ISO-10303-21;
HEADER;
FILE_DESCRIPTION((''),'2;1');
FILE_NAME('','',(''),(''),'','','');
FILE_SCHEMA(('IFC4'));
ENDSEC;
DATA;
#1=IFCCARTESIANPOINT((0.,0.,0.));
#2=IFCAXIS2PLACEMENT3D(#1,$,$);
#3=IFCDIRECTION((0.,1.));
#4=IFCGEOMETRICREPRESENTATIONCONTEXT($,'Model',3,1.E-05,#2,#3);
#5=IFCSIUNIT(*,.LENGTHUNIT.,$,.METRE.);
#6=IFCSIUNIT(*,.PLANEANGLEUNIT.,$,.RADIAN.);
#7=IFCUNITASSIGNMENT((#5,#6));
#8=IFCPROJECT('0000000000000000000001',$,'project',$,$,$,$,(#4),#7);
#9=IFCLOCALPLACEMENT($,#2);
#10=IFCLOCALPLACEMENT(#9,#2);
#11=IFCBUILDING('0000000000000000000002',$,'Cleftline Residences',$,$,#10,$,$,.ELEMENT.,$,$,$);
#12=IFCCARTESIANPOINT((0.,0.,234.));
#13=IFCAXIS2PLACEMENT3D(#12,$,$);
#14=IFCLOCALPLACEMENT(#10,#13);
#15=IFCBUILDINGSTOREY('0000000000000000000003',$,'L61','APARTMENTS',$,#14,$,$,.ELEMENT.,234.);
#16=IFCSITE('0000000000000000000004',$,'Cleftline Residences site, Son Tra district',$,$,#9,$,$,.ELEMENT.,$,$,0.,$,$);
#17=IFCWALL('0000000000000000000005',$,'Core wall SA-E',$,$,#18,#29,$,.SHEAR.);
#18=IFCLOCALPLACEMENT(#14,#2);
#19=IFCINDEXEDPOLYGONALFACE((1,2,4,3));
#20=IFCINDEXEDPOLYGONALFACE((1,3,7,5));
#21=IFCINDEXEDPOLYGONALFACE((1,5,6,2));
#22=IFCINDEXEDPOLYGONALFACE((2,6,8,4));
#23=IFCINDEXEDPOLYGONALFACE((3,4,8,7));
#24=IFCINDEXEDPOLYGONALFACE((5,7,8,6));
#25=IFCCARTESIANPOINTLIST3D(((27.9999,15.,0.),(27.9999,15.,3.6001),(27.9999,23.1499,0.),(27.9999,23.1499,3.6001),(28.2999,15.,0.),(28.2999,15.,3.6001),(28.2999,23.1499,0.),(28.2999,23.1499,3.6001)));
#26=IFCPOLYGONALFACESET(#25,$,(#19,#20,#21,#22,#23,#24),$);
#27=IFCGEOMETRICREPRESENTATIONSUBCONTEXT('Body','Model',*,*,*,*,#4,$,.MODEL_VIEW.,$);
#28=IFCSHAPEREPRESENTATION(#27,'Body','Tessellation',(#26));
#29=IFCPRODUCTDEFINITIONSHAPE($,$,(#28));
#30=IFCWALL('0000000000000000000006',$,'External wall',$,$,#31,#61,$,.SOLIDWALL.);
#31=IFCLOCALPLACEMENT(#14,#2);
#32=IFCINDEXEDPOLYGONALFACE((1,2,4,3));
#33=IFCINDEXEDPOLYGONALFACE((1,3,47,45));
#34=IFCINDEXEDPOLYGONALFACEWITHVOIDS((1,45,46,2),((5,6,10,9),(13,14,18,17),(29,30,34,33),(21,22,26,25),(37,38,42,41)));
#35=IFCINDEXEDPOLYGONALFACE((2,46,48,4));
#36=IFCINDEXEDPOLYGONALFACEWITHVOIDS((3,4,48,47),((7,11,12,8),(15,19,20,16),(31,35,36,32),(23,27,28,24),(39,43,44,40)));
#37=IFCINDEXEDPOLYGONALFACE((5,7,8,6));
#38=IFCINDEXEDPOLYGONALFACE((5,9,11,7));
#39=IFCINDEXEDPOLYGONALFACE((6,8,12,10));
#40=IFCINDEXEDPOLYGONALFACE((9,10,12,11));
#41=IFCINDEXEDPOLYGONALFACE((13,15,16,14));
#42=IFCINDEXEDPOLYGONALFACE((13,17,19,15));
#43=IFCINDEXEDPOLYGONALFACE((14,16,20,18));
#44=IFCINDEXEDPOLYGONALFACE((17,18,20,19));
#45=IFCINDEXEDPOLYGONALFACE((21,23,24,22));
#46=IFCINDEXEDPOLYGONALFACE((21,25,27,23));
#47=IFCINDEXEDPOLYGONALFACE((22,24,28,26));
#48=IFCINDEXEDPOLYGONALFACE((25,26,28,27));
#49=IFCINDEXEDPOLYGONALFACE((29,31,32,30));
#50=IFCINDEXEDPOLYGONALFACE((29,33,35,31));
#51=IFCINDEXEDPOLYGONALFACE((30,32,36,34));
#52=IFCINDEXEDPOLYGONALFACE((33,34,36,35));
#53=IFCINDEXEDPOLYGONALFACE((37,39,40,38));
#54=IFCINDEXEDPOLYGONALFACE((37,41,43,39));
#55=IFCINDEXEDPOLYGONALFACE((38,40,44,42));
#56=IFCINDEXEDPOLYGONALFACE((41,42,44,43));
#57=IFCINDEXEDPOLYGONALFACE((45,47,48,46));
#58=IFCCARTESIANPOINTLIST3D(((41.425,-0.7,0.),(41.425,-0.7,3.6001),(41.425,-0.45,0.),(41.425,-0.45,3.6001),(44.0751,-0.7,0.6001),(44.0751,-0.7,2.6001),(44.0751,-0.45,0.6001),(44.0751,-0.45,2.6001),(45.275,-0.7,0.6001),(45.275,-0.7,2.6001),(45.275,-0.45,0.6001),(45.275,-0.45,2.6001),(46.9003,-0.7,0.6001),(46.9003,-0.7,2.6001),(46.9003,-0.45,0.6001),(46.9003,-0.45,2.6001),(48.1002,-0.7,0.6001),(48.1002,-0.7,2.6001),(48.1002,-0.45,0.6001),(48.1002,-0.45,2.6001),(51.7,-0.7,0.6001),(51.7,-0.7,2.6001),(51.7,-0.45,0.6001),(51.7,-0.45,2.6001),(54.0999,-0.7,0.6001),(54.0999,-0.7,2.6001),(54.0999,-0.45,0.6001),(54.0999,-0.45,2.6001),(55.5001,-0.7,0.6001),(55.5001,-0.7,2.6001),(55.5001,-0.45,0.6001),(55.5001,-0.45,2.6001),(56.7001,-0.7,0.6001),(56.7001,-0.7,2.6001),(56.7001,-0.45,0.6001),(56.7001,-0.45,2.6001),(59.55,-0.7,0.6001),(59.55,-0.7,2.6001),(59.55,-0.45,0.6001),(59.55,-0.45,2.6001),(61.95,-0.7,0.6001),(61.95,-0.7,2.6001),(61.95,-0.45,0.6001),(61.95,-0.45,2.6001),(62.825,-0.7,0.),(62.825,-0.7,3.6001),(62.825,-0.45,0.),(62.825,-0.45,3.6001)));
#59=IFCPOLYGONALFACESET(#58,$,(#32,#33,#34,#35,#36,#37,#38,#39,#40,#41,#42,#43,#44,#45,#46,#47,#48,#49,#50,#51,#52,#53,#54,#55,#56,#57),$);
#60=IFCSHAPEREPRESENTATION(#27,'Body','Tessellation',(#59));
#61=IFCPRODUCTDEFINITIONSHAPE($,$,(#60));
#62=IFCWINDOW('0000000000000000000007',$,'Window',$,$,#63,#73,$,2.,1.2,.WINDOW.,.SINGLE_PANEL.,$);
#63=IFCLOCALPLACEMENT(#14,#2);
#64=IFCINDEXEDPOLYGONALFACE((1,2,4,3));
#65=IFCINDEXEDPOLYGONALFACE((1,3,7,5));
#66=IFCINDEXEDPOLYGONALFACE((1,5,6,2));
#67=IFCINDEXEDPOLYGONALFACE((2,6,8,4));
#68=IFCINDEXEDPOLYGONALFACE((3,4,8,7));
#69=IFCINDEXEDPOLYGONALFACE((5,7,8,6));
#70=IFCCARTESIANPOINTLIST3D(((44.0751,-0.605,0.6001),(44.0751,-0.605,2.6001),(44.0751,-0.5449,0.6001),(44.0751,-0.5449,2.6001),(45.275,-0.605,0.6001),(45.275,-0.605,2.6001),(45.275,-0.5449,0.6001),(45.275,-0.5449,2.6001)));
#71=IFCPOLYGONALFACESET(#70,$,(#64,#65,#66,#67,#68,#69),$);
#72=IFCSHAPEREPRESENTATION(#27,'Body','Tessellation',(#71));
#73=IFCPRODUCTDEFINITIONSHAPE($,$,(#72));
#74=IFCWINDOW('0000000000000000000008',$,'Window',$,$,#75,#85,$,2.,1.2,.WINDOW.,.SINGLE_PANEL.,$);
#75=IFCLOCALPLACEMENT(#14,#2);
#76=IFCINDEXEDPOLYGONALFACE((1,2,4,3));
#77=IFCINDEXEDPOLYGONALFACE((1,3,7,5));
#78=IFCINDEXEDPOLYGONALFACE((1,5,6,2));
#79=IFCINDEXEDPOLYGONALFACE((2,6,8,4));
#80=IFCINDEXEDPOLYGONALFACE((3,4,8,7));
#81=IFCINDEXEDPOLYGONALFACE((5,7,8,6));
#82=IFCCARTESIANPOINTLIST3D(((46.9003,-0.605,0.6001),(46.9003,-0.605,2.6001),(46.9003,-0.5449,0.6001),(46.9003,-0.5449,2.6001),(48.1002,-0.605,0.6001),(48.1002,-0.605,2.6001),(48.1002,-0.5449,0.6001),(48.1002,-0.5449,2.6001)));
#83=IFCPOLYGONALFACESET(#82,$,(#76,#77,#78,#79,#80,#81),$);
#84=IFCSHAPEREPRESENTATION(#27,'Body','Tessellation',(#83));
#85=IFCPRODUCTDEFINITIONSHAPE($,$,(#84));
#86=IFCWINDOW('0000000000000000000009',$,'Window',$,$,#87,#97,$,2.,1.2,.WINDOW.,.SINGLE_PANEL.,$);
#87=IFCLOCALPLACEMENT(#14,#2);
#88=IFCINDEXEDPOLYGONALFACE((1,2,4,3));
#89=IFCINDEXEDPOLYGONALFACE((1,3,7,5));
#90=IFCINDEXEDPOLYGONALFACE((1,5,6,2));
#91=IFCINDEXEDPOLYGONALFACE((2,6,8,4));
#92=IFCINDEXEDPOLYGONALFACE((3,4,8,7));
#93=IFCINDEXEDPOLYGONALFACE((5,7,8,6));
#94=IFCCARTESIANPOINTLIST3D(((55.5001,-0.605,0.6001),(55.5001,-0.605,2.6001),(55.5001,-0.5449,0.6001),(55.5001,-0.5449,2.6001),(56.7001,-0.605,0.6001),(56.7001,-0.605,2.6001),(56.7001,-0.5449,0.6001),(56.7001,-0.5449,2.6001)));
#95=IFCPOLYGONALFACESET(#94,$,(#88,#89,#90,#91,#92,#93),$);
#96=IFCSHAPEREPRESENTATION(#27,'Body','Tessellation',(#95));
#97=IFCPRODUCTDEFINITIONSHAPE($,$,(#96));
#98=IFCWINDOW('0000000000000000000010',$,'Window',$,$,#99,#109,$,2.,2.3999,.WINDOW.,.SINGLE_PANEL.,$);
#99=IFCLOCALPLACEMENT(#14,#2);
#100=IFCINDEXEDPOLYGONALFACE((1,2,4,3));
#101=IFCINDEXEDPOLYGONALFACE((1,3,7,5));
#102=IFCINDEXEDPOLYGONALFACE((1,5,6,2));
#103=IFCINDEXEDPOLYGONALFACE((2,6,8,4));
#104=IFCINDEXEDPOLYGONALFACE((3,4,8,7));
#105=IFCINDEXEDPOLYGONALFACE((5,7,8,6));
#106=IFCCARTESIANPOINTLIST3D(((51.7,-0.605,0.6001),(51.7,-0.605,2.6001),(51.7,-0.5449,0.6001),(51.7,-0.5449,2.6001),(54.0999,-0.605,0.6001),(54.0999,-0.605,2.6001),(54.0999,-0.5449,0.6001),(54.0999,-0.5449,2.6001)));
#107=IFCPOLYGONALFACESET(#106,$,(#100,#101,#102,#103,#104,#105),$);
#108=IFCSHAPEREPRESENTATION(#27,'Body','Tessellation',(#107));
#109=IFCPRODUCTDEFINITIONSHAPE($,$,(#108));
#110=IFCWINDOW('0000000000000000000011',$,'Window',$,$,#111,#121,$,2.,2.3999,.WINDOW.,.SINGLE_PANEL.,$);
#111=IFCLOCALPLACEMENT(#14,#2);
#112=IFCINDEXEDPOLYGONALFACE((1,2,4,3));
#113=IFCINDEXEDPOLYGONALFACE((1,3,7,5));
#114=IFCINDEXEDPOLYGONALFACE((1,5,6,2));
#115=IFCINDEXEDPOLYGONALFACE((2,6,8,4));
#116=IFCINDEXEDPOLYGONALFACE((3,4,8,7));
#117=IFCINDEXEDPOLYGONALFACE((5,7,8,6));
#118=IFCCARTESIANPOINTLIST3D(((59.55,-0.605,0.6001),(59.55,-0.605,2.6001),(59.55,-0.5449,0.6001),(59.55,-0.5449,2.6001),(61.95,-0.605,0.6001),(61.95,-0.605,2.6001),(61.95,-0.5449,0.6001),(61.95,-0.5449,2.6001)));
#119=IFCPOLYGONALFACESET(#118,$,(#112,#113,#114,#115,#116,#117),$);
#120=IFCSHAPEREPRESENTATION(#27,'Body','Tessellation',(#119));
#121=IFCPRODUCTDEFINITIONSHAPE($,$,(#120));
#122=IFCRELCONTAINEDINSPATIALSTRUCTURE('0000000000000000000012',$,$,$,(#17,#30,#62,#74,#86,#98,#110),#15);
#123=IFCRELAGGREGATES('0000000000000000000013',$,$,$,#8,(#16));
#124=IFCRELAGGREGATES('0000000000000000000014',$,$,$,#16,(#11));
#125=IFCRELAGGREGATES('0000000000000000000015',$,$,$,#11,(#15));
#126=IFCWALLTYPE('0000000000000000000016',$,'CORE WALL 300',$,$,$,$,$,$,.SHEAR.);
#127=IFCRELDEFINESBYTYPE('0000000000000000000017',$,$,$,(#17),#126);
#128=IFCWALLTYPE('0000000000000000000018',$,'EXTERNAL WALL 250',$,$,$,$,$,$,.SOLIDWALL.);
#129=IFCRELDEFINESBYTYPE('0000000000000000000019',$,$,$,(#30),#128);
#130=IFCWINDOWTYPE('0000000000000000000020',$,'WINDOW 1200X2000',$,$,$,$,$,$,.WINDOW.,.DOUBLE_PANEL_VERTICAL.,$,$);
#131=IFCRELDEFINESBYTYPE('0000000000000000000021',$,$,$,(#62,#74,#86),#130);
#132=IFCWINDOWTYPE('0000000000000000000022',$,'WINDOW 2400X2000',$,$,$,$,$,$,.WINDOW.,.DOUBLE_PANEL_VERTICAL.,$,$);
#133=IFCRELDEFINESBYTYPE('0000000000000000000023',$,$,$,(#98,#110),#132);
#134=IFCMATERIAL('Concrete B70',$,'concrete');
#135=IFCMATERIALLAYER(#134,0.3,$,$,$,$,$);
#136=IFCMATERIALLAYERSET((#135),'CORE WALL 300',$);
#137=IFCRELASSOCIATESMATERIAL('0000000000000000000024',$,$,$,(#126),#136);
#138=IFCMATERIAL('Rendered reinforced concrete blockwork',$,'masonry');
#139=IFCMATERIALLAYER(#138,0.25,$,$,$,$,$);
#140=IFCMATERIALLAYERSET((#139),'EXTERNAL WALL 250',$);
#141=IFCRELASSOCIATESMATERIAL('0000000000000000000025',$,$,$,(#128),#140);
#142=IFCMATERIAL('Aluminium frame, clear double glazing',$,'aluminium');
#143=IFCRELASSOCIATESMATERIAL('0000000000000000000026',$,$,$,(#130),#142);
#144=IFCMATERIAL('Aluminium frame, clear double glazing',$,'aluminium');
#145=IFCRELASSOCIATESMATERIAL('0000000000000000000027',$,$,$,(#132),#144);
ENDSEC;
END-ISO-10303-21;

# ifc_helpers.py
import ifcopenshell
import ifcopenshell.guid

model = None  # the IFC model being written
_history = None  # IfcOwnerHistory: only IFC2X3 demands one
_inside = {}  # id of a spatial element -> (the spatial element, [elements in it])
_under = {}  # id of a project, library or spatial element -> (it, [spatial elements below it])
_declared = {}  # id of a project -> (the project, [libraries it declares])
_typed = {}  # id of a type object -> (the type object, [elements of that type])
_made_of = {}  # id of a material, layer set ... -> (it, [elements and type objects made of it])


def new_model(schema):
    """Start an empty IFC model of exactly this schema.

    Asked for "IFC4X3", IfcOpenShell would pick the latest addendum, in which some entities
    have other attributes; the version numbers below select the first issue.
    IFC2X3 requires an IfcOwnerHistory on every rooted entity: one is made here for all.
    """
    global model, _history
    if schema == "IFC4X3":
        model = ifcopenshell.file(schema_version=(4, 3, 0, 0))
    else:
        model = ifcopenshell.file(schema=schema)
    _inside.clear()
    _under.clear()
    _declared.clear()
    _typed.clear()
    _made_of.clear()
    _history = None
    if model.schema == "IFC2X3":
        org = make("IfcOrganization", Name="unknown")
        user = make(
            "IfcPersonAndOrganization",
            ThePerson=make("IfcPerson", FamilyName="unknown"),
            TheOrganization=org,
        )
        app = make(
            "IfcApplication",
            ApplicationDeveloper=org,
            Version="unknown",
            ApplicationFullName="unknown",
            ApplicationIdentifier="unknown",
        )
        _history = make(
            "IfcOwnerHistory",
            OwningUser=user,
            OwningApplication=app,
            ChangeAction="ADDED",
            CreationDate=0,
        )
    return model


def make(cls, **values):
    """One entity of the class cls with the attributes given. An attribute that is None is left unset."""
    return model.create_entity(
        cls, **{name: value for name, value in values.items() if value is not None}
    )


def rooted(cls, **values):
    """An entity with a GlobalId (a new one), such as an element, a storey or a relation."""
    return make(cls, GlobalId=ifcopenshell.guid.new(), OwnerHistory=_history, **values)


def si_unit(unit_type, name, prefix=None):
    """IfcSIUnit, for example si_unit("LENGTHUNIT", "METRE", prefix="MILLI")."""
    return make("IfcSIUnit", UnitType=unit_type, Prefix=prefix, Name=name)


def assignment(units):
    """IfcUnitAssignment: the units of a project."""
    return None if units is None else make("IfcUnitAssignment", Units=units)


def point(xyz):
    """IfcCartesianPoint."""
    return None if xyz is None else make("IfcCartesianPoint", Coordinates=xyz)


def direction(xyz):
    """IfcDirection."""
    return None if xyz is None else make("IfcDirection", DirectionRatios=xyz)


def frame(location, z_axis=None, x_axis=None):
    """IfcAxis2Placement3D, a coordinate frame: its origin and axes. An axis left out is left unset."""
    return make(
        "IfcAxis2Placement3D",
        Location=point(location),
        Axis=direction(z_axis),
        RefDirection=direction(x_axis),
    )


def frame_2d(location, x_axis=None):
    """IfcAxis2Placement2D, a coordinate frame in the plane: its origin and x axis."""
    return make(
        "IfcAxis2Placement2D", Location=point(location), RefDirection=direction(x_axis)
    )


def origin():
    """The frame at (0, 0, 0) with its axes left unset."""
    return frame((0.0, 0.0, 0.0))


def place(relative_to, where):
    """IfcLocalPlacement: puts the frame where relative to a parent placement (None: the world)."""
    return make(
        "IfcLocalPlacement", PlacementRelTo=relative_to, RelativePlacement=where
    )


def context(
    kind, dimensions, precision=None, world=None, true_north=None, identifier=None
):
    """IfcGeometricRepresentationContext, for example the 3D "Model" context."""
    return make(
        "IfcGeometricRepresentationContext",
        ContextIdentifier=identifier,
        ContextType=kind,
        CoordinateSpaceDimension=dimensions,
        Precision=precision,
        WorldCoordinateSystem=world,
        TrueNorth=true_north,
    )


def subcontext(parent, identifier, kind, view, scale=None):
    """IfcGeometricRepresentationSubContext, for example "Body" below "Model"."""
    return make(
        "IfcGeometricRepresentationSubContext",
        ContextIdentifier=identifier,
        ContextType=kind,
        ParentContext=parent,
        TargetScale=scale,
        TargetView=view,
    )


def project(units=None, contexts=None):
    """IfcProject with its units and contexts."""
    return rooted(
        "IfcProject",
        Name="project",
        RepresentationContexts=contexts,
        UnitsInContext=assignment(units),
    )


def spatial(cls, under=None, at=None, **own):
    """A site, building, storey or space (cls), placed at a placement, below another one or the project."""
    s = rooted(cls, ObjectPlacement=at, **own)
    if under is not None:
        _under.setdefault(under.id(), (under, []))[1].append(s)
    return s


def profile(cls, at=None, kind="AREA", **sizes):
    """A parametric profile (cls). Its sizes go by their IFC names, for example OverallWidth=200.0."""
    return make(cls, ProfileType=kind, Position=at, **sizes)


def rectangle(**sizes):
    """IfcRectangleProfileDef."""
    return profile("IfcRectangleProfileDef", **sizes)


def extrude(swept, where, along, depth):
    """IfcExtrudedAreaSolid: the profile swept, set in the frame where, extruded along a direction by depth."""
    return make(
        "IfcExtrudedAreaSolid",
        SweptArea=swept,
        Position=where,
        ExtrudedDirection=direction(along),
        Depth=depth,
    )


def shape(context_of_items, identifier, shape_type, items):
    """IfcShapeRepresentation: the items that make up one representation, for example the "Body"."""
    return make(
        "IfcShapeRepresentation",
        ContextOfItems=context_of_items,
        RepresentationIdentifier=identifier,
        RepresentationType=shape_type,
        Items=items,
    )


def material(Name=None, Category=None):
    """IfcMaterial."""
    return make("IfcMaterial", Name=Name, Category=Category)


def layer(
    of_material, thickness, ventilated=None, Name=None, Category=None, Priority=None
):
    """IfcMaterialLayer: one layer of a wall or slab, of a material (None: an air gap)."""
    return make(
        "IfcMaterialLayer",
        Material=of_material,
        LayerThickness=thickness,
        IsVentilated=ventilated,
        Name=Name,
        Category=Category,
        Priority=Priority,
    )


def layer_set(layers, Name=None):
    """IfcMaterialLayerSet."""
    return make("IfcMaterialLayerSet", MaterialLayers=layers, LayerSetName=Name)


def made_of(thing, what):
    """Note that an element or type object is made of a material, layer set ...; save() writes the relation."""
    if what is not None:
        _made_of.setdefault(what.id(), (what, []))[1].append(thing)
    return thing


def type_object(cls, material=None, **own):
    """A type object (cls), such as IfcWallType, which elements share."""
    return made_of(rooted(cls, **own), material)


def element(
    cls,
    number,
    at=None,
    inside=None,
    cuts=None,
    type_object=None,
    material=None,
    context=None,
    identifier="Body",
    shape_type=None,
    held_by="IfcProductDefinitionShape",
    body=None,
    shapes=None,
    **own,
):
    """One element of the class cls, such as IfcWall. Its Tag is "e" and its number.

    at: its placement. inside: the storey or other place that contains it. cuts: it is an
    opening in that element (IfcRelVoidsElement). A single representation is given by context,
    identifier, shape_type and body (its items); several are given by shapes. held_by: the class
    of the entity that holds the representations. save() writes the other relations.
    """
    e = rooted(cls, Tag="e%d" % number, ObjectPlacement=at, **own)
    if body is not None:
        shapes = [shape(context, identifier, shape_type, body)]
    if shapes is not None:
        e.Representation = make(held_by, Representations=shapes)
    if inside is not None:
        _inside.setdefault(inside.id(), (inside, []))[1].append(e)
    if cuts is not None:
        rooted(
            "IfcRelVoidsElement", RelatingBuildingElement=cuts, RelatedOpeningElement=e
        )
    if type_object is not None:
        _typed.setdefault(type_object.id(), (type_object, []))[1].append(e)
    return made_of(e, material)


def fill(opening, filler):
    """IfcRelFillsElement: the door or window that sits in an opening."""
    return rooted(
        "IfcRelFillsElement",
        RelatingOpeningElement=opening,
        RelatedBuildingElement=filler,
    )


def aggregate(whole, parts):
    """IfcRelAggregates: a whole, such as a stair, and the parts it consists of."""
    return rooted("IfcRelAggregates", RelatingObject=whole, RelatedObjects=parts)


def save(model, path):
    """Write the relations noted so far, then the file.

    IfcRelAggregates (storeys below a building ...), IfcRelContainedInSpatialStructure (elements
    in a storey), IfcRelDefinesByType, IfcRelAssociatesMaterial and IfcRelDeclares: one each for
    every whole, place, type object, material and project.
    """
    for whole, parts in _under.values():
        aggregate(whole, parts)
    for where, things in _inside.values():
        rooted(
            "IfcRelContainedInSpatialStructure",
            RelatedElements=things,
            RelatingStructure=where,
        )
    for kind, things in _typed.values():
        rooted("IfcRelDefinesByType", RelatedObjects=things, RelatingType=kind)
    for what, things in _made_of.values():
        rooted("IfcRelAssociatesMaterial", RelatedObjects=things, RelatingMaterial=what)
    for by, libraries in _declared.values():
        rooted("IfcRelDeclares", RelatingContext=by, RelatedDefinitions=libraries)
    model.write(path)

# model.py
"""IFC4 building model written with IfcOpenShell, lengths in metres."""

from ifc_helpers import new_model, si_unit, direction, frame, frame_2d, origin, place, context, subcontext, project, spatial, rectangle, extrude, material, layer, layer_set, type_object, element, fill, save


model = new_model("IFC4")

# Units and contexts
model_context = context("Model", 3, precision=1e-05, world=origin(), true_north=direction((0.0, 1.0)))
body_context = subcontext(model_context, "Body", "Model", "MODEL_VIEW")
ifc_project = project(units=[si_unit("LENGTHUNIT", "METRE"), si_unit("PLANEANGLEUNIT", "RADIAN")], contexts=[model_context])

# Site, building, storey
site_placement = place(None, origin())
site = spatial("IfcSite", under=ifc_project, at=site_placement, Name="Cleftline Residences site, Son Tra district", CompositionType="ELEMENT", RefElevation=0.0)
building_placement = place(site_placement, origin())
building = spatial("IfcBuilding", under=site, at=building_placement, Name="Cleftline Residences", CompositionType="ELEMENT")
storey_placement = place(building_placement, frame((0.0, 0.0, 234.0)))
storey = spatial("IfcBuildingStorey", under=building, at=storey_placement, Name="L61", Description="APARTMENTS", CompositionType="ELEMENT", Elevation=234.0)

# Wall
ifc_material_1 = material(Name="Concrete B70", Category="concrete")
ifc_layer_1 = layer(ifc_material_1, 0.3)
ifc_layer_set_1 = layer_set([ifc_layer_1], Name="CORE WALL 300")
wall_type_1 = type_object("IfcWallType", Name="CORE WALL 300", PredefinedType="SHEAR", material=ifc_layer_set_1)
wall_1_placement = place(storey_placement, frame((28.1499, 15.0, 0.0), z_axis=(0.0, 0.0, 1.0), x_axis=(0.0, 1.0, 0.0)))
element("IfcWall", 1, at=wall_1_placement, inside=storey, type_object=wall_type_1, Name="Core wall SA-E", PredefinedType="SHEAR", context=body_context, shape_type="SweptSolid", body=[
    extrude(rectangle(XDim=8.1499, YDim=0.3, at=frame_2d((4.075, 0.0))), origin(), (0.0, 0.0, 1.0), 3.6001),
])

# Wall, openings, windows
ifc_material_2 = material(Name="Rendered reinforced concrete blockwork", Category="masonry")
ifc_layer_2 = layer(ifc_material_2, 0.25)
ifc_layer_set_2 = layer_set([ifc_layer_2], Name="EXTERNAL WALL 250")
wall_type_2 = type_object("IfcWallType", Name="EXTERNAL WALL 250", PredefinedType="SOLIDWALL", material=ifc_layer_set_2)
wall_2_placement = place(storey_placement, frame((41.425, -0.575, 0.0), z_axis=(0.0, 0.0, 1.0), x_axis=(1.0, 0.0, 0.0)))
wall_2 = element("IfcWall", 2, at=wall_2_placement, inside=storey, type_object=wall_type_2, Name="External wall", PredefinedType="SOLIDWALL", context=body_context, shape_type="SweptSolid", body=[
    extrude(rectangle(XDim=21.3999, YDim=0.25, at=frame_2d((10.7, 0.0))), origin(), (0.0, 0.0, 1.0), 3.6001),
])
opening_1_placement = place(wall_2_placement, frame((2.6499, 0.0, 0.6001)))
opening_1 = element("IfcOpeningElement", 3, at=opening_1_placement, cuts=wall_2, PredefinedType="OPENING", context=body_context, shape_type="SweptSolid", body=[
    extrude(rectangle(XDim=1.2, YDim=2.0, at=frame_2d((0.6001, 1.0))), frame((0.0, 0.135, 0.0), z_axis=(0.0, -1.0, 0.0), x_axis=(1.0, 0.0, 0.0)), (0.0, 0.0, 1.0), 0.27),
])
opening_2_placement = place(wall_2_placement, frame((5.4751, 0.0, 0.6001)))
opening_2 = element("IfcOpeningElement", 4, at=opening_2_placement, cuts=wall_2, PredefinedType="OPENING", context=body_context, shape_type="SweptSolid", body=[
    extrude(rectangle(XDim=1.2, YDim=2.0, at=frame_2d((0.6001, 1.0))), frame((0.0, 0.135, 0.0), z_axis=(0.0, -1.0, 0.0), x_axis=(1.0, 0.0, 0.0)), (0.0, 0.0, 1.0), 0.27),
])
opening_3_placement = place(wall_2_placement, frame((10.2749, 0.0, 0.6001)))
opening_3 = element("IfcOpeningElement", 5, at=opening_3_placement, cuts=wall_2, PredefinedType="OPENING", context=body_context, shape_type="SweptSolid", body=[
    extrude(rectangle(XDim=2.3999, YDim=2.0, at=frame_2d((1.2, 1.0))), frame((0.0, 0.135, 0.0), z_axis=(0.0, -1.0, 0.0), x_axis=(1.0, 0.0, 0.0)), (0.0, 0.0, 1.0), 0.27),
])
opening_4_placement = place(wall_2_placement, frame((14.075, 0.0, 0.6001)))
opening_4 = element("IfcOpeningElement", 6, at=opening_4_placement, cuts=wall_2, PredefinedType="OPENING", context=body_context, shape_type="SweptSolid", body=[
    extrude(rectangle(XDim=1.2, YDim=2.0, at=frame_2d((0.6001, 1.0))), frame((0.0, 0.135, 0.0), z_axis=(0.0, -1.0, 0.0), x_axis=(1.0, 0.0, 0.0)), (0.0, 0.0, 1.0), 0.27),
])
opening_5_placement = place(wall_2_placement, frame((18.125, 0.0, 0.6001)))
opening_5 = element("IfcOpeningElement", 7, at=opening_5_placement, cuts=wall_2, PredefinedType="OPENING", context=body_context, shape_type="SweptSolid", body=[
    extrude(rectangle(XDim=2.3999, YDim=2.0, at=frame_2d((1.2, 1.0))), frame((0.0, 0.135, 0.0), z_axis=(0.0, -1.0, 0.0), x_axis=(1.0, 0.0, 0.0)), (0.0, 0.0, 1.0), 0.27),
])
ifc_material_3 = material(Name="Aluminium frame, clear double glazing", Category="aluminium")
window_type_1 = type_object("IfcWindowType", Name="WINDOW 1200X2000", PartitioningType="DOUBLE_PANEL_VERTICAL", PredefinedType="WINDOW", material=ifc_material_3)
window_1_placement = place(opening_1_placement, origin())
window_1 = element("IfcWindow", 8, at=window_1_placement, inside=storey, type_object=window_type_1, Name="Window", OverallHeight=2.0, OverallWidth=1.2, PartitioningType="SINGLE_PANEL", PredefinedType="WINDOW", context=body_context, shape_type="SweptSolid", body=[
    extrude(rectangle(XDim=1.2, YDim=2.0, at=frame_2d((0.6001, 1.0))), frame((0.0, 0.03, 0.0), z_axis=(0.0, -1.0, 0.0), x_axis=(1.0, 0.0, 0.0)), (0.0, 0.0, 1.0), 0.0601),
])
fill(opening_1, window_1)
window_2_placement = place(opening_2_placement, origin())
window_2 = element("IfcWindow", 9, at=window_2_placement, inside=storey, type_object=window_type_1, Name="Window", OverallHeight=2.0, OverallWidth=1.2, PartitioningType="SINGLE_PANEL", PredefinedType="WINDOW", context=body_context, shape_type="SweptSolid", body=[
    extrude(rectangle(XDim=1.2, YDim=2.0, at=frame_2d((0.6001, 1.0))), frame((0.0, 0.03, 0.0), z_axis=(0.0, -1.0, 0.0), x_axis=(1.0, 0.0, 0.0)), (0.0, 0.0, 1.0), 0.0601),
])
fill(opening_2, window_2)
window_3_placement = place(opening_4_placement, origin())
window_3 = element("IfcWindow", 10, at=window_3_placement, inside=storey, type_object=window_type_1, Name="Window", OverallHeight=2.0, OverallWidth=1.2, PartitioningType="SINGLE_PANEL", PredefinedType="WINDOW", context=body_context, shape_type="SweptSolid", body=[
    extrude(rectangle(XDim=1.2, YDim=2.0, at=frame_2d((0.6001, 1.0))), frame((0.0, 0.03, 0.0), z_axis=(0.0, -1.0, 0.0), x_axis=(1.0, 0.0, 0.0)), (0.0, 0.0, 1.0), 0.0601),
])
fill(opening_4, window_3)
ifc_material_4 = material(Name="Aluminium frame, clear double glazing", Category="aluminium")
window_type_2 = type_object("IfcWindowType", Name="WINDOW 2400X2000", PartitioningType="DOUBLE_PANEL_VERTICAL", PredefinedType="WINDOW", material=ifc_material_4)
window_4_placement = place(opening_3_placement, origin())
window_4 = element("IfcWindow", 11, at=window_4_placement, inside=storey, type_object=window_type_2, Name="Window", OverallHeight=2.0, OverallWidth=2.3999, PartitioningType="SINGLE_PANEL", PredefinedType="WINDOW", context=body_context, shape_type="SweptSolid", body=[
    extrude(rectangle(XDim=2.3999, YDim=2.0, at=frame_2d((1.2, 1.0))), frame((0.0, 0.03, 0.0), z_axis=(0.0, -1.0, 0.0), x_axis=(1.0, 0.0, 0.0)), (0.0, 0.0, 1.0), 0.0601),
])
fill(opening_3, window_4)
window_5_placement = place(opening_5_placement, origin())
window_5 = element("IfcWindow", 12, at=window_5_placement, inside=storey, type_object=window_type_2, Name="Window", OverallHeight=2.0, OverallWidth=2.3999, PartitioningType="SINGLE_PANEL", PredefinedType="WINDOW", context=body_context, shape_type="SweptSolid", body=[
    extrude(rectangle(XDim=2.3999, YDim=2.0, at=frame_2d((1.2, 1.0))), frame((0.0, 0.03, 0.0), z_axis=(0.0, -1.0, 0.0), x_axis=(1.0, 0.0, 0.0)), (0.0, 0.0, 1.0), 0.0601),
])
fill(opening_5, window_5)

save(model, "model.ifc")
